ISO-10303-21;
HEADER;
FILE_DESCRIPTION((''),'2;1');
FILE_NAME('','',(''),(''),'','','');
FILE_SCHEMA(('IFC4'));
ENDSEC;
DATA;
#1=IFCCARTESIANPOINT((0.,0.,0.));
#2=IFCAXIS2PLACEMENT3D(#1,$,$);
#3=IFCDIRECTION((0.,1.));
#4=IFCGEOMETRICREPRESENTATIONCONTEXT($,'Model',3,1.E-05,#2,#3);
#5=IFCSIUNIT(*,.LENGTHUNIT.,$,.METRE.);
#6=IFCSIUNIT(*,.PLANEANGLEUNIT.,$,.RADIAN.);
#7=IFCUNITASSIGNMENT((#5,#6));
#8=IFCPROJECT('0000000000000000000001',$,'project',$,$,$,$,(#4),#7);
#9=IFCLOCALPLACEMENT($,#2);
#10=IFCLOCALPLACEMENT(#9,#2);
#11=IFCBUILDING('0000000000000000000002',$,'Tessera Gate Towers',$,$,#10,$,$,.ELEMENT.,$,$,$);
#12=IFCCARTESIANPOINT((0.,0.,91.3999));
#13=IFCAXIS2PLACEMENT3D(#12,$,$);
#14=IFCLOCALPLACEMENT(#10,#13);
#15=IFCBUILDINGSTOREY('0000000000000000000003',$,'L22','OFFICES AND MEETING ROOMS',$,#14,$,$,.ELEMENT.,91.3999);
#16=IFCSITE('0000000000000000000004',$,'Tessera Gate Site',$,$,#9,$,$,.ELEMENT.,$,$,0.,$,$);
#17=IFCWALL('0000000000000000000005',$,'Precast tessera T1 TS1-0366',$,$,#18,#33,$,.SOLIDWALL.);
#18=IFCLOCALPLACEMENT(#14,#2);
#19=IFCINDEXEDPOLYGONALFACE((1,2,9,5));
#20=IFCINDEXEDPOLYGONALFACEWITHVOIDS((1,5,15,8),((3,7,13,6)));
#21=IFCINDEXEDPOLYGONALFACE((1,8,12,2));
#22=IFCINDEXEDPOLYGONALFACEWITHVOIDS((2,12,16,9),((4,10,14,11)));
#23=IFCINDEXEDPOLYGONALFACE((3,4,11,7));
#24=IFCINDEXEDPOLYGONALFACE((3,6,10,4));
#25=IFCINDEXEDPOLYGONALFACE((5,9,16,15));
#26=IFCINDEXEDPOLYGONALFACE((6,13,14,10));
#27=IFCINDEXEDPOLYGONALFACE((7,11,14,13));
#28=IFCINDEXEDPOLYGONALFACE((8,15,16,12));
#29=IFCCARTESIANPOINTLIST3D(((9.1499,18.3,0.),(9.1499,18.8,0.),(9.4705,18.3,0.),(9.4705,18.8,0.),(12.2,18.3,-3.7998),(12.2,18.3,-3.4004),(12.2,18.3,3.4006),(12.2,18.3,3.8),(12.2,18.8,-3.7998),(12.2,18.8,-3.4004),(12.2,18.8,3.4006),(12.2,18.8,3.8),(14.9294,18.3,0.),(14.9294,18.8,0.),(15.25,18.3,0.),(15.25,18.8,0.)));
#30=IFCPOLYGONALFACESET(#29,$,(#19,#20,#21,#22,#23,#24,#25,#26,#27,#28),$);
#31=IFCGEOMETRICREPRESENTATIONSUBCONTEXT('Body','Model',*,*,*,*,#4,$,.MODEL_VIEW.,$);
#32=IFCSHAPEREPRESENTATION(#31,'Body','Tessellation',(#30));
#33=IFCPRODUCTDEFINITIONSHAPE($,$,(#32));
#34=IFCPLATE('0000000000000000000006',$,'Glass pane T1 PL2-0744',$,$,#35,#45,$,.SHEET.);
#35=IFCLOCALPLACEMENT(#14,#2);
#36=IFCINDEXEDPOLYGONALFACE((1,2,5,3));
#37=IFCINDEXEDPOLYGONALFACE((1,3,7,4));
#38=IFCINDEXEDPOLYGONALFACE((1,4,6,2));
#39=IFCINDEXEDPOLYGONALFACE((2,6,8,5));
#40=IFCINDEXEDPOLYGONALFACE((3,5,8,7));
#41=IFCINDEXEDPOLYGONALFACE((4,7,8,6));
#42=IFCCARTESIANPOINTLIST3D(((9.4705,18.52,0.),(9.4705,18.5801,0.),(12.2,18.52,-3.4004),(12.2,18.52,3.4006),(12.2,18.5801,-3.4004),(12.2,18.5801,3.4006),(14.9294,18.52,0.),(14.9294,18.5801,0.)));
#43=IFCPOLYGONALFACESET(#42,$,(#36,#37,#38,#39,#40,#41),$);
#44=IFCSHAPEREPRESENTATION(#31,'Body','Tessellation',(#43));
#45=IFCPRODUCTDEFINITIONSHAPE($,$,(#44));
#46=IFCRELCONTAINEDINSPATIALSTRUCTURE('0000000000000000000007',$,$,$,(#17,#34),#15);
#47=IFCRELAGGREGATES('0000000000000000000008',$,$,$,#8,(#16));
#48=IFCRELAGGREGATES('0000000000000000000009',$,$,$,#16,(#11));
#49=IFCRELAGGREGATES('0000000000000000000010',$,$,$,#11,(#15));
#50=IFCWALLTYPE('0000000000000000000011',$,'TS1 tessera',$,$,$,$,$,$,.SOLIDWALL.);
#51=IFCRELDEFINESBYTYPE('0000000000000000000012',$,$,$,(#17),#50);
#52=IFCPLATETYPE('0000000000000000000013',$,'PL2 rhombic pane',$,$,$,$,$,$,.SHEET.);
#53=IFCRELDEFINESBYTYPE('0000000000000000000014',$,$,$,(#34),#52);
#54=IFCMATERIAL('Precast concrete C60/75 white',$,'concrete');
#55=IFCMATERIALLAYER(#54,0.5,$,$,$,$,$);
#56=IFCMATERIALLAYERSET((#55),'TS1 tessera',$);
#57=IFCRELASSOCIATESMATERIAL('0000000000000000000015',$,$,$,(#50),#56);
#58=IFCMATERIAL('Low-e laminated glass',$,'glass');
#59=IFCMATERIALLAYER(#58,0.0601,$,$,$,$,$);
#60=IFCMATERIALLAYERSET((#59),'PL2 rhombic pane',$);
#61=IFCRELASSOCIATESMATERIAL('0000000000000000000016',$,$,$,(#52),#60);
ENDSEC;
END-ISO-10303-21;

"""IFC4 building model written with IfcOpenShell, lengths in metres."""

from ifc_helpers import new_model, si_unit, direction, frame, origin, place, context, subcontext, project, spatial, polyline, outline, extrude, source, transform, mapped, material, layer, layer_set, type_object, element, fill, save


model = new_model("IFC4")

# Units and contexts
model_context = context("Model", 3, precision=1e-05, world=origin(), true_north=direction((0.0, 1.0)))
body_context = subcontext(model_context, "Body", "Model", "MODEL_VIEW")
ifc_project = project(units=[si_unit("LENGTHUNIT", "METRE"), si_unit("PLANEANGLEUNIT", "RADIAN")], contexts=[model_context])

# Site, building, storey
site_placement = place(None, origin())
site = spatial("IfcSite", under=ifc_project, at=site_placement, Name="Tessera Gate Site", CompositionType="ELEMENT", RefElevation=0.0)
building_placement = place(site_placement, origin())
building = spatial("IfcBuilding", under=site, at=building_placement, Name="Tessera Gate Towers", CompositionType="ELEMENT")
storey_placement = place(building_placement, frame((0.0, 0.0, 91.3999)))
storey = spatial("IfcBuildingStorey", under=building, at=storey_placement, Name="L22", Description="OFFICES AND MEETING ROOMS", CompositionType="ELEMENT", Elevation=91.3999)

# Wall, opening, plate
ifc_material_1 = material(Name="Precast concrete C60/75 white", Category="concrete")
ifc_layer_1 = layer(ifc_material_1, 0.5)
ifc_layer_set_1 = layer_set([ifc_layer_1], Name="TS1 tessera")
wall_type_1 = type_object("IfcWallType", Name="TS1 tessera", PredefinedType="SOLIDWALL", material=ifc_layer_set_1)
shared_shape_1 = source(origin(), body_context, "Body", "SweptSolid", [
    extrude(outline(polyline([(3.05, 0.0), (6.1001, 3.7998), (3.05, 7.5999), (0.0, 3.7998), (3.05, 0.0)])), frame((0.0, 0.25, 0.0), z_axis=(0.0, -1.0, 0.0), x_axis=(1.0, 0.0, 0.0)), (0.0, 0.0, 1.0), 0.5),
])
wall_1_placement = place(storey_placement, frame((9.1499, 18.55, -3.7998), z_axis=(0.0, 0.0, 1.0), x_axis=(1.0, 0.0, 0.0)))
wall_1 = element("IfcWall", 1, at=wall_1_placement, inside=storey, type_object=wall_type_1, Name="Precast tessera T1 TS1-0366", PredefinedType="SOLIDWALL", context=body_context, shape_type="MappedRepresentation", body=[
    mapped(shared_shape_1, transform((0.0, 0.0, 0.0), scale=1.0)),
])
shared_shape_2 = source(origin(), body_context, "Body", "SweptSolid", [
    extrude(outline(polyline([(3.05, 0.3994), (5.7795, 3.7998), (3.05, 7.2004), (0.3206, 3.7998), (3.05, 0.3994)])), frame((0.0, 0.26, 0.0), z_axis=(0.0, -1.0, 0.0), x_axis=(1.0, 0.0, 0.0)), (0.0, 0.0, 1.0), 0.52),
])
opening_1_placement = place(wall_1_placement, origin())
opening_1 = element("IfcOpeningElement", 2, at=opening_1_placement, cuts=wall_1, PredefinedType="OPENING", context=body_context, shape_type="MappedRepresentation", body=[
    mapped(shared_shape_2, transform((0.0, 0.0, 0.0), scale=1.0)),
])
ifc_material_2 = material(Name="Low-e laminated glass", Category="glass")
ifc_layer_2 = layer(ifc_material_2, 0.0601)
ifc_layer_set_2 = layer_set([ifc_layer_2], Name="PL2 rhombic pane")
plate_type = type_object("IfcPlateType", Name="PL2 rhombic pane", PredefinedType="SHEET", material=ifc_layer_set_2)
shared_shape_3 = source(origin(), body_context, "Body", "SweptSolid", [
    extrude(outline(polyline([(3.05, 0.3994), (5.7795, 3.7998), (3.05, 7.2004), (0.3206, 3.7998), (3.05, 0.3994)])), frame((0.0, 0.03, 0.0), z_axis=(0.0, -1.0, 0.0), x_axis=(1.0, 0.0, 0.0)), (0.0, 0.0, 1.0), 0.0601),
])
plate_placement = place(opening_1_placement, origin())
plate = element("IfcPlate", 3, at=plate_placement, inside=storey, type_object=plate_type, Name="Glass pane T1 PL2-0744", PredefinedType="SHEET", context=body_context, shape_type="MappedRepresentation", body=[
    mapped(shared_shape_3, transform((0.0, 0.0, 0.0), scale=1.0)),
])
fill(opening_1, plate)

save(model, "model.ifc")
